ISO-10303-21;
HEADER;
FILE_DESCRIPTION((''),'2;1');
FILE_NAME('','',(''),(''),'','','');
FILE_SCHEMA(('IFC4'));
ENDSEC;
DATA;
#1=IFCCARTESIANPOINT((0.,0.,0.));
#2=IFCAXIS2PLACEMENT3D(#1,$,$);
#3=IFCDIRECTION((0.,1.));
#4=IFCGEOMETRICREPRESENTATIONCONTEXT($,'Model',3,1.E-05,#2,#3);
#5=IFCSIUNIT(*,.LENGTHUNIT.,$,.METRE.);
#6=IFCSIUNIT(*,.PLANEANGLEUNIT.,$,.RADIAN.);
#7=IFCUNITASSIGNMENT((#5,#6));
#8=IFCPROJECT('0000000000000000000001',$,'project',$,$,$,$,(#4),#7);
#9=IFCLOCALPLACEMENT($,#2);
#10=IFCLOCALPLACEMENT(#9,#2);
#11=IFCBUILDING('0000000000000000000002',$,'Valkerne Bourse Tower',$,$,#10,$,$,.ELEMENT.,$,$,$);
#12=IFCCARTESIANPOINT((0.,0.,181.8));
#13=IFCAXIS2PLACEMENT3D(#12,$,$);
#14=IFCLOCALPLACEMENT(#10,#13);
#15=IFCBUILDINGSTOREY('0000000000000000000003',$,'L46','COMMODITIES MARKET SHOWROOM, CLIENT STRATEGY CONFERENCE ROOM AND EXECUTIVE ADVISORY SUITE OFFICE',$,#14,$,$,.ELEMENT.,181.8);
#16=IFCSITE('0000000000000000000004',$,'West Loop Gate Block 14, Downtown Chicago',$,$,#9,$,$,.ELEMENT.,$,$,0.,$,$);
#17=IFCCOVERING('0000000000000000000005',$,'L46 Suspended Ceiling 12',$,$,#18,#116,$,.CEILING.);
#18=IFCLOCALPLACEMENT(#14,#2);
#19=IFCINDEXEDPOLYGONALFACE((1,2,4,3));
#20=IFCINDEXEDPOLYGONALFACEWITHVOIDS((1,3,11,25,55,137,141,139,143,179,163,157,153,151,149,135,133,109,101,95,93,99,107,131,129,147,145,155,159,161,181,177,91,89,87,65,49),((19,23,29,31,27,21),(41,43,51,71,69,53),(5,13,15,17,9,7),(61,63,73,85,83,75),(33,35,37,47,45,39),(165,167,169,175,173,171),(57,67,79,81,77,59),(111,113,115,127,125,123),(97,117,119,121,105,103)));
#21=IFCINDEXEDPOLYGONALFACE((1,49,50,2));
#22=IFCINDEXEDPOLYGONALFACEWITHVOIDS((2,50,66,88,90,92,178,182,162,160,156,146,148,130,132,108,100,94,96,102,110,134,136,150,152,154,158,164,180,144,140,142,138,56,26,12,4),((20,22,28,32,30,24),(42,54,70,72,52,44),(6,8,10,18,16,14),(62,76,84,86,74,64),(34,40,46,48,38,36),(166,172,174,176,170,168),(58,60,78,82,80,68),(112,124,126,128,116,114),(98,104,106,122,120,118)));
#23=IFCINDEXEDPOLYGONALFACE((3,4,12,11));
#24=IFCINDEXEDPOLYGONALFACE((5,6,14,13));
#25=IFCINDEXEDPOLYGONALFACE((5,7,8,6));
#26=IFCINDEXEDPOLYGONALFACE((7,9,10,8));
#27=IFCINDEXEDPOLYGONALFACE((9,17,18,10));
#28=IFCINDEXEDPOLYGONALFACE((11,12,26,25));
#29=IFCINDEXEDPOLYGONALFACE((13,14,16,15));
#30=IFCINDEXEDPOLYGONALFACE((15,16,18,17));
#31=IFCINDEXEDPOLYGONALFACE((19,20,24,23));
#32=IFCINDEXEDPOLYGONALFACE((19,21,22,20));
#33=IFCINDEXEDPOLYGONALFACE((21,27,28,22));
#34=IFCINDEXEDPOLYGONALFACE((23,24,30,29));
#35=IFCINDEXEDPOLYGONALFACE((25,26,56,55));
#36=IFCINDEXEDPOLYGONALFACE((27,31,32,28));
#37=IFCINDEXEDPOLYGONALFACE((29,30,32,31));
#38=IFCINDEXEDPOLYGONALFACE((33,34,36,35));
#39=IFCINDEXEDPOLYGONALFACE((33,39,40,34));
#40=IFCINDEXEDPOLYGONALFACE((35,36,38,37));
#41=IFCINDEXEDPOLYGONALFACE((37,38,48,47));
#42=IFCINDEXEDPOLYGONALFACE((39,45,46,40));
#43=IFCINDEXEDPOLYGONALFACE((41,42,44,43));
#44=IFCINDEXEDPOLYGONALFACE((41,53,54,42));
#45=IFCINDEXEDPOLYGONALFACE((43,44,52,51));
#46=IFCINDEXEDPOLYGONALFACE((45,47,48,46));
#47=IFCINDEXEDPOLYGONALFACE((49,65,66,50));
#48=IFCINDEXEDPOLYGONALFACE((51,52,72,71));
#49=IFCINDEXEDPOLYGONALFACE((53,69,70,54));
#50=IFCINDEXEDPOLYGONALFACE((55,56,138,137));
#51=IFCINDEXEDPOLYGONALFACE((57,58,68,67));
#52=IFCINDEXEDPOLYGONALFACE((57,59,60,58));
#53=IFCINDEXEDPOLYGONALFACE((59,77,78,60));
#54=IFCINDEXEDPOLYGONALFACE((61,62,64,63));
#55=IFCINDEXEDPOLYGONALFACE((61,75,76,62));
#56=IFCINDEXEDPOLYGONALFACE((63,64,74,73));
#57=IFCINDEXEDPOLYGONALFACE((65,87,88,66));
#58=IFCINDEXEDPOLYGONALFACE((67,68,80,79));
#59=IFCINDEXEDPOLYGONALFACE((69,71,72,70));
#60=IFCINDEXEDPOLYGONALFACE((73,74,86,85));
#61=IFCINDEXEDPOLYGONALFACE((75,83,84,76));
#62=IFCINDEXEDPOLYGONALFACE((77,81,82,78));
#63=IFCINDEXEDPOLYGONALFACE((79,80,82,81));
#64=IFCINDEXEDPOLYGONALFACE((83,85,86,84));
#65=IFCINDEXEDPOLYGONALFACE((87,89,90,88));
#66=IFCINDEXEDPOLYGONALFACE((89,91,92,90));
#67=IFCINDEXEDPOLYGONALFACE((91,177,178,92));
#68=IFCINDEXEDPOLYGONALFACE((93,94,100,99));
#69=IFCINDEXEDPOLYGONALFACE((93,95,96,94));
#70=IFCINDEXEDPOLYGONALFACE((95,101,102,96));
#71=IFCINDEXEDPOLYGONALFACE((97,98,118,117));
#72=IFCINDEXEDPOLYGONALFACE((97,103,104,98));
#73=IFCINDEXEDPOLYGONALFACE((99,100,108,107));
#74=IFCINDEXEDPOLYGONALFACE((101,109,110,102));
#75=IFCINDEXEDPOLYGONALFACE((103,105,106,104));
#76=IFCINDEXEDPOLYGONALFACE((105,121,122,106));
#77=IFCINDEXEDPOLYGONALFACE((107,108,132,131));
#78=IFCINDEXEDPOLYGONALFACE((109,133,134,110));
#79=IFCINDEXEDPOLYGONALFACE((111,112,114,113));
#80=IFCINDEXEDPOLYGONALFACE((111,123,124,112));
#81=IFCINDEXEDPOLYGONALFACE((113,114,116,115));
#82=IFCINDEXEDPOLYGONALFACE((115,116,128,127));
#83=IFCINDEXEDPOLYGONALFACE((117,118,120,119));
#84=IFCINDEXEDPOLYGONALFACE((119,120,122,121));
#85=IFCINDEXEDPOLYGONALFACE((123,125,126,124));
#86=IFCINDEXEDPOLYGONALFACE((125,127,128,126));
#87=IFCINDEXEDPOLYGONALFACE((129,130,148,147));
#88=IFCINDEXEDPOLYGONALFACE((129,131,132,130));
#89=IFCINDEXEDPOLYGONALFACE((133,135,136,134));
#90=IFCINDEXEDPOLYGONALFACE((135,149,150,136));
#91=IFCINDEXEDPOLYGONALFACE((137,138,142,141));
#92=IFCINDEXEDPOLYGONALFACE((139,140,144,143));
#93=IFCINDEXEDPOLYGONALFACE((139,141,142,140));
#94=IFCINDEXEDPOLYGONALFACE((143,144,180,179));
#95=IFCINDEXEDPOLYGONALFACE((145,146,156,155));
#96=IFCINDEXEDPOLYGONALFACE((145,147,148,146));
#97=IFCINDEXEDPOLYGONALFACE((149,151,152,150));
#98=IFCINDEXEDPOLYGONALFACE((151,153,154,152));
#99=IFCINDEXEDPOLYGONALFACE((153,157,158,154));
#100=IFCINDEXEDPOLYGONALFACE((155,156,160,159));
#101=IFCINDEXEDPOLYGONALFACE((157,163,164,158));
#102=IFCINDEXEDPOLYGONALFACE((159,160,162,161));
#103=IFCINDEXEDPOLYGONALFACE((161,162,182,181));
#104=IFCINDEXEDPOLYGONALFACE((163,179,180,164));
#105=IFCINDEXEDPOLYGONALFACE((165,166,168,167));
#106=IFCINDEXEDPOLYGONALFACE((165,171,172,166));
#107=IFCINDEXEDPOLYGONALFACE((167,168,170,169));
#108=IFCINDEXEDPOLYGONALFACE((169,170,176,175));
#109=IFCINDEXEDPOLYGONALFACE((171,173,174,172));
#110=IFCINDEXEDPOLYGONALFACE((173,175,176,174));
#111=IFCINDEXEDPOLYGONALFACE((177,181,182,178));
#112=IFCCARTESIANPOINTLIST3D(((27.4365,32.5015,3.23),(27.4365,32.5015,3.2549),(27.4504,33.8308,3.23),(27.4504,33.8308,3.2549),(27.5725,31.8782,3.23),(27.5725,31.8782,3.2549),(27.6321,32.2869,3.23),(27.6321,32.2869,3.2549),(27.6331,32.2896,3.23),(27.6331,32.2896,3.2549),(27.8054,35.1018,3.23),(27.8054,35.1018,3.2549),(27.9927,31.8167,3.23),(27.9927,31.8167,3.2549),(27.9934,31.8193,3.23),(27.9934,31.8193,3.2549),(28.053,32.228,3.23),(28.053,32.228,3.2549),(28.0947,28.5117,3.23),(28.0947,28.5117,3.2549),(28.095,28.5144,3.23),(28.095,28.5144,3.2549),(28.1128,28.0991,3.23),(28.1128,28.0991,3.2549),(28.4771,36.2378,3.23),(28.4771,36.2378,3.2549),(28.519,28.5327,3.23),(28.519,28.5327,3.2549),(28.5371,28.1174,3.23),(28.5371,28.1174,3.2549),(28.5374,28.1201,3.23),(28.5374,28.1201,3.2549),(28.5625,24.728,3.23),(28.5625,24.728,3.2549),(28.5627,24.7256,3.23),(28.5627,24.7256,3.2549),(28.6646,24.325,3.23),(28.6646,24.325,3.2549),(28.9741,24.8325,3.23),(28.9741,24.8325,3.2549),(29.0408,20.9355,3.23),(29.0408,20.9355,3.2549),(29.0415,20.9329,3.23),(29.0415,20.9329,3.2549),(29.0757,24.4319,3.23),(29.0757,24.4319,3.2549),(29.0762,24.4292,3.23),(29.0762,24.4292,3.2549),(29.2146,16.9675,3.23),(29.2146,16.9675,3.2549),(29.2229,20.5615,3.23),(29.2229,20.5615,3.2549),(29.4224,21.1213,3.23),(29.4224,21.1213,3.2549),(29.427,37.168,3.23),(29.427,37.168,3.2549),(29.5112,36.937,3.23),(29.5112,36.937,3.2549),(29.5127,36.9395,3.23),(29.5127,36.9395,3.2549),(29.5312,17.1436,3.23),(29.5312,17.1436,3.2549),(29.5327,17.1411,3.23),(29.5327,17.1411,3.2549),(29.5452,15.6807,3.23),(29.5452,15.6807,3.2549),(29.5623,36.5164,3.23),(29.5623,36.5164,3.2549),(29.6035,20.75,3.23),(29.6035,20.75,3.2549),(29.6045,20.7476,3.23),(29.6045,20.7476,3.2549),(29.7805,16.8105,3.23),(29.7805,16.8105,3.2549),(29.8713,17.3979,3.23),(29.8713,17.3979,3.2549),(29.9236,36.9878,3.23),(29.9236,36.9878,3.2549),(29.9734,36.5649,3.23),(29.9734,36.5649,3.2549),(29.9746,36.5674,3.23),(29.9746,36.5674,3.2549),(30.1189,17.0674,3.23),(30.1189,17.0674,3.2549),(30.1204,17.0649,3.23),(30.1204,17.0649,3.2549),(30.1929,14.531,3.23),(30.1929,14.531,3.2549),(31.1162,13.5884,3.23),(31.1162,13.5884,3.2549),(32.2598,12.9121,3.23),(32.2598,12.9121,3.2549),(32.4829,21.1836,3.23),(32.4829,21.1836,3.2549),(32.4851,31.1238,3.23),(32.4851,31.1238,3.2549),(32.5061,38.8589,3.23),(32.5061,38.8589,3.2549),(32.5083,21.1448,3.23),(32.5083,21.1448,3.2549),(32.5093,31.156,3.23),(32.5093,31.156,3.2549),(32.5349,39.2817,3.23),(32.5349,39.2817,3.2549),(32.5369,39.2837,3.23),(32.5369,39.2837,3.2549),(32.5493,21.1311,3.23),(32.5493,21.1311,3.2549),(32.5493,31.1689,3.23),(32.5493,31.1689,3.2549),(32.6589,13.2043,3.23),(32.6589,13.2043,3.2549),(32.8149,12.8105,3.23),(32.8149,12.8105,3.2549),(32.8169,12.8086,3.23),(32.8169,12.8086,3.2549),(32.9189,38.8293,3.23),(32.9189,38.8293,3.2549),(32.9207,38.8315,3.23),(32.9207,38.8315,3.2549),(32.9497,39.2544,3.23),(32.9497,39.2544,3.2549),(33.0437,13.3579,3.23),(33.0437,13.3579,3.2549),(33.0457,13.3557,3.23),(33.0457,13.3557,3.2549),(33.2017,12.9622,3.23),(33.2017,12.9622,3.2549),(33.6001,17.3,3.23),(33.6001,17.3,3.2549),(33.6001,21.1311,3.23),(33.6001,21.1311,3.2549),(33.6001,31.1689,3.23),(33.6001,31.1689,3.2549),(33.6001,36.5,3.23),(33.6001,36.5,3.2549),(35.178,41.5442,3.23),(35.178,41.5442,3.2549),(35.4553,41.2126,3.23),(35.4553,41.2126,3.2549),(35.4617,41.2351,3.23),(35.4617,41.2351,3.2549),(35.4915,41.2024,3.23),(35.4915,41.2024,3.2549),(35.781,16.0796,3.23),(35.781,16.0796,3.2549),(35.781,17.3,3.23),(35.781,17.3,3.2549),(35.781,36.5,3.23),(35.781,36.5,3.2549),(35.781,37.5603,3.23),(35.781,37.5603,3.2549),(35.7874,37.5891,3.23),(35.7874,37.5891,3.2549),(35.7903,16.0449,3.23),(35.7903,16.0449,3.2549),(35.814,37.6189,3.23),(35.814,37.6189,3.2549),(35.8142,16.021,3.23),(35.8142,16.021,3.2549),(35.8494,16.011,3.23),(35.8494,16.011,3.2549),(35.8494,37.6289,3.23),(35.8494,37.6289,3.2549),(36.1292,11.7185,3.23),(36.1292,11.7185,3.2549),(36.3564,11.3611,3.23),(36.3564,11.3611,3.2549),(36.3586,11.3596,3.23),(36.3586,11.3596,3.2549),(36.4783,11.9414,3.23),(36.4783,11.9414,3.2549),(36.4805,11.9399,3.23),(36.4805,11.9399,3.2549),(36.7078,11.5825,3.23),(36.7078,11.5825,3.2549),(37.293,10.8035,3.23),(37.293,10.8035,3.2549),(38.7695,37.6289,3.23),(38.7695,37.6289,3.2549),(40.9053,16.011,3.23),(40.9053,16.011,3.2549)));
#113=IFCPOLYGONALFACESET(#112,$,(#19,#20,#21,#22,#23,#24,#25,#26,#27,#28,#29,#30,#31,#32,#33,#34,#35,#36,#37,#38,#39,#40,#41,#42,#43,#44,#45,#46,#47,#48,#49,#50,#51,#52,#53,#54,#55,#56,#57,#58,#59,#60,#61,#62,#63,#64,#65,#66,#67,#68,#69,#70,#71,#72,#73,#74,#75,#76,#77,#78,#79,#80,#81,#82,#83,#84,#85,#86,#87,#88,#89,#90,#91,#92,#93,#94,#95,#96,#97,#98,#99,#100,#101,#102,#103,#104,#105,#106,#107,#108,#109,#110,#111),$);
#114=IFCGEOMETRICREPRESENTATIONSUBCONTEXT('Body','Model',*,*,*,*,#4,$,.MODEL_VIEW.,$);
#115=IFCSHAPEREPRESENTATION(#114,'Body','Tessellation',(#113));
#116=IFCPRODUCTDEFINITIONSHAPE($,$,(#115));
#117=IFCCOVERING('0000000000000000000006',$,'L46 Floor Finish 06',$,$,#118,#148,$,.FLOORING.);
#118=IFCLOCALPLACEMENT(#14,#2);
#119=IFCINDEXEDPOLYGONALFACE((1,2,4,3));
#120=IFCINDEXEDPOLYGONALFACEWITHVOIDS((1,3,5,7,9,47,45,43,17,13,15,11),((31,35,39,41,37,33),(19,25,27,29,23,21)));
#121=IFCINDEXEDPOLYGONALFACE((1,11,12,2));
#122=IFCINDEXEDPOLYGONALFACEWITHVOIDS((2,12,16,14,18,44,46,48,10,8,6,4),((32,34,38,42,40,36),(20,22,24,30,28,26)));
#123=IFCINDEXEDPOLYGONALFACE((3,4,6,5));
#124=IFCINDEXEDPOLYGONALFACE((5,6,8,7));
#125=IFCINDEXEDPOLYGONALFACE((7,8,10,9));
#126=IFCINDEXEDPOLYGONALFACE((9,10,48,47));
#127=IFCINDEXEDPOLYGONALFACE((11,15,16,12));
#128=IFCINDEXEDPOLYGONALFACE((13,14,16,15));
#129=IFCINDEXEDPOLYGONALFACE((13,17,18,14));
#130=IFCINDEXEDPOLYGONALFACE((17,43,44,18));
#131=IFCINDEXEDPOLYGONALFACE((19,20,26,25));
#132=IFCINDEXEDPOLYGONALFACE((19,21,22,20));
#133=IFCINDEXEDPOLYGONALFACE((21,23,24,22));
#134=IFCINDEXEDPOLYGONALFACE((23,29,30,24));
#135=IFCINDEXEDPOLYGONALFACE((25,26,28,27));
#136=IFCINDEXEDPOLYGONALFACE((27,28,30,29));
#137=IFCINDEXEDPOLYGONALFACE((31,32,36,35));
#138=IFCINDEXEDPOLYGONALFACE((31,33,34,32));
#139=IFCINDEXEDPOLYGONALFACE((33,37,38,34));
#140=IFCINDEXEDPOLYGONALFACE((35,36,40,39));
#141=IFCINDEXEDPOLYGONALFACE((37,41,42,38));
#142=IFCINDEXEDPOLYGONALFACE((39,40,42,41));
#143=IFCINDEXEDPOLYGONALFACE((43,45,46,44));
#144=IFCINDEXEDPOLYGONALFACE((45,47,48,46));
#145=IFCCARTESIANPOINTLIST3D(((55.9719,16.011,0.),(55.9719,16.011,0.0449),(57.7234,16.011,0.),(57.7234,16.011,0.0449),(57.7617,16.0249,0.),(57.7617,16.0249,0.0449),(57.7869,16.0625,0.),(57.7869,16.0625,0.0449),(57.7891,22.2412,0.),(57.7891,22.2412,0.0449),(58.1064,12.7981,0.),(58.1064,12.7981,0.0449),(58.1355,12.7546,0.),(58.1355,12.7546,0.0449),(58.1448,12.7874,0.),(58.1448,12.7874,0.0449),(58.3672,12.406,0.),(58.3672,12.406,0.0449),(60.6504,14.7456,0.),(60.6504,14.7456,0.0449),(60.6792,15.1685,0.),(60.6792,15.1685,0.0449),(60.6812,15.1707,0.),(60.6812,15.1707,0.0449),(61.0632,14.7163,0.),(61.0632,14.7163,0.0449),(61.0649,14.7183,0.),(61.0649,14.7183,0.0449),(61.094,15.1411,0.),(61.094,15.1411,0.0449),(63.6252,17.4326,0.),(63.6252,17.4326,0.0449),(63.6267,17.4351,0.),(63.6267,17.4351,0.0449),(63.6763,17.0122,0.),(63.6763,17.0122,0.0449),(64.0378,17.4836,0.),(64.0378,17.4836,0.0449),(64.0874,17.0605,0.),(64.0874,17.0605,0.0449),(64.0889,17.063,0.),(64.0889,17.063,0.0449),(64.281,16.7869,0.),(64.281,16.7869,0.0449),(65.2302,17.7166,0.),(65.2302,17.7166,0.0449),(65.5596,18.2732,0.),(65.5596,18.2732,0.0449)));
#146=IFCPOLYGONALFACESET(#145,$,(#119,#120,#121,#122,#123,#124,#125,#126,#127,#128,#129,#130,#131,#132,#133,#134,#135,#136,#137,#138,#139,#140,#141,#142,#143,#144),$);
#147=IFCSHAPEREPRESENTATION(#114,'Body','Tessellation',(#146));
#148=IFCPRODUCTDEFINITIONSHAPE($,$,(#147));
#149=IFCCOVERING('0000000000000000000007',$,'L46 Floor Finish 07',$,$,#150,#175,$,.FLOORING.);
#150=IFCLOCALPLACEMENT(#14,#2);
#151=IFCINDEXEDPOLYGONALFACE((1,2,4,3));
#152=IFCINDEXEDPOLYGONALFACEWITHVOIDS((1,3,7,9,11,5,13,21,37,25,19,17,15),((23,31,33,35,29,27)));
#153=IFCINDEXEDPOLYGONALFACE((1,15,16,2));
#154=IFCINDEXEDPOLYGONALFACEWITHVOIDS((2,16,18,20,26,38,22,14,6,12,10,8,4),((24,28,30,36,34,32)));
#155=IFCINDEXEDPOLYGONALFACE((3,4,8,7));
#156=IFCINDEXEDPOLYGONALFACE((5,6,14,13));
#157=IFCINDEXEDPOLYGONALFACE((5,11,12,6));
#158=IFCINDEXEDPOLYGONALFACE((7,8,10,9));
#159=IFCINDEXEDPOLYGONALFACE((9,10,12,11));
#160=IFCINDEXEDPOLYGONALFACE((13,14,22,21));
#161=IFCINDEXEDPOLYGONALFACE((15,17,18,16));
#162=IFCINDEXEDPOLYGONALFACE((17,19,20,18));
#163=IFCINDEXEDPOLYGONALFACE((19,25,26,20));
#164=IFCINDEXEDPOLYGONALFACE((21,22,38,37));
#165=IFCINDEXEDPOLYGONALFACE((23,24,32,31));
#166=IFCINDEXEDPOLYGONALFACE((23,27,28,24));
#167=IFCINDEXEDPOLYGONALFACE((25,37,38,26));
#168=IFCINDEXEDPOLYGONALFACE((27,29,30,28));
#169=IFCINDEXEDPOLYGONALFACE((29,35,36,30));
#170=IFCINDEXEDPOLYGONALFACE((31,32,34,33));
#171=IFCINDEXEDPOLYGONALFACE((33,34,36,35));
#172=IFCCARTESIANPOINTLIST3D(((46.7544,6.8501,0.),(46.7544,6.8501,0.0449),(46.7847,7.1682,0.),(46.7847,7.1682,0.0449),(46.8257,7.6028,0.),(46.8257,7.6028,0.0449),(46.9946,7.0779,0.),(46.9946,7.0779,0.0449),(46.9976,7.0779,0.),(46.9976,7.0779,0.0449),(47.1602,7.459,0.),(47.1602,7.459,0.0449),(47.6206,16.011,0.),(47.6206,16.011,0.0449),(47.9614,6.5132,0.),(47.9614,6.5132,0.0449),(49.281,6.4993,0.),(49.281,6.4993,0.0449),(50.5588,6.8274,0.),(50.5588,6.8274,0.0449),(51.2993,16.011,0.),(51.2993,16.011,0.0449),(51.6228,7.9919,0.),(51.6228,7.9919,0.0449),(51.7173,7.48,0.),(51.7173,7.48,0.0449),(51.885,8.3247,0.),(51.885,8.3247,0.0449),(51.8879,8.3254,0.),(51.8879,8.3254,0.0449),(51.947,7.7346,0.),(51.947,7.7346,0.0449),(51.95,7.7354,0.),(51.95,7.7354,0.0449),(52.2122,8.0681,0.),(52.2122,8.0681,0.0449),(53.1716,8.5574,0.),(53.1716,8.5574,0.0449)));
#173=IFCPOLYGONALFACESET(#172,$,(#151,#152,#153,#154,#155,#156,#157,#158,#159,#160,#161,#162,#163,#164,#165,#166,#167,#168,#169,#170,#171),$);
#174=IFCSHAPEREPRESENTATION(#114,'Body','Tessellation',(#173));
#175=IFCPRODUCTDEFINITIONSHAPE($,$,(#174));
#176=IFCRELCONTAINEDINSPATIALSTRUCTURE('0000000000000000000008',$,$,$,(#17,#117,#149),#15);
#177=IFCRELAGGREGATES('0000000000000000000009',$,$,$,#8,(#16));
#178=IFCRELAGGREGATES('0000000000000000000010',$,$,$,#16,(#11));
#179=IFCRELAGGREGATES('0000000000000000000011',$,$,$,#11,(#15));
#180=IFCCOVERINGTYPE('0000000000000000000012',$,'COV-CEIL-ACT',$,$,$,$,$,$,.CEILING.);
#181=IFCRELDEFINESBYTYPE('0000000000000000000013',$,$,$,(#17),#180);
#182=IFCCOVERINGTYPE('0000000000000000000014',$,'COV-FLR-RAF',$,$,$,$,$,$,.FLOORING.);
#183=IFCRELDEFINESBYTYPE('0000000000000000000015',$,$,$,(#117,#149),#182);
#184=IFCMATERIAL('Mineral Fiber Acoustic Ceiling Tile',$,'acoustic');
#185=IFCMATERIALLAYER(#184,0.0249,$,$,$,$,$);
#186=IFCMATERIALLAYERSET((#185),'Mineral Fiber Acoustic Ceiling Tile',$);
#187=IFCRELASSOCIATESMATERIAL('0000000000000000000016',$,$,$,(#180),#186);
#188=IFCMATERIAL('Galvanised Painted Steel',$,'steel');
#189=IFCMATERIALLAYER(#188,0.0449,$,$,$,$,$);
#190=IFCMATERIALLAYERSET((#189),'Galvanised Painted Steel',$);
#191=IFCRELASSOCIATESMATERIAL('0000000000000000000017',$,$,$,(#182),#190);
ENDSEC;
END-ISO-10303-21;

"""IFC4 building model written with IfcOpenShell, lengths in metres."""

from ifc_helpers import new_model, si_unit, direction, frame, origin, place, context, subcontext, project, spatial, polyline, outline, extrude, material, layer, layer_set, type_object, element, save


model = new_model("IFC4")

# Units and contexts
model_context = context("Model", 3, precision=1e-05, world=origin(), true_north=direction((0.0, 1.0)))
body_context = subcontext(model_context, "Body", "Model", "MODEL_VIEW")
ifc_project = project(units=[si_unit("LENGTHUNIT", "METRE"), si_unit("PLANEANGLEUNIT", "RADIAN")], contexts=[model_context])

# Site, building, storey
site_placement = place(None, origin())
site = spatial("IfcSite", under=ifc_project, at=site_placement, Name="West Loop Gate Block 14, Downtown Chicago", CompositionType="ELEMENT", RefElevation=0.0)
building_placement = place(site_placement, origin())
building = spatial("IfcBuilding", under=site, at=building_placement, Name="Valkerne Bourse Tower", CompositionType="ELEMENT")
storey_placement = place(building_placement, frame((0.0, 0.0, 181.8)))
storey = spatial("IfcBuildingStorey", under=building, at=storey_placement, Name="L46", Description="COMMODITIES MARKET SHOWROOM, CLIENT STRATEGY CONFERENCE ROOM AND EXECUTIVE ADVISORY SUITE OFFICE", CompositionType="ELEMENT", Elevation=181.8)

# Coverings
ifc_material_1 = material(Name="Mineral Fiber Acoustic Ceiling Tile", Category="acoustic")
ifc_layer_1 = layer(ifc_material_1, 0.0249)
ifc_layer_set_1 = layer_set([ifc_layer_1], Name="Mineral Fiber Acoustic Ceiling Tile")
covering_type_1 = type_object("IfcCoveringType", Name="COV-CEIL-ACT", PredefinedType="CEILING", material=ifc_layer_set_1)
covering_1_placement = place(storey_placement, frame((0.0, 0.0, 3.23)))
element("IfcCovering", 1, at=covering_1_placement, inside=storey, type_object=covering_type_1, Name="L46 Suspended Ceiling 12", PredefinedType="CEILING", context=body_context, shape_type="SweptSolid", body=[
    extrude(outline(polyline([(30.1929, 14.531), (29.5452, 15.6807), (29.2146, 16.9675), (27.4365, 32.5015), (27.4504, 33.8308), (27.8054, 35.1018), (28.4771, 36.2378), (29.427, 37.168), (35.178, 41.5442), (35.4617, 41.2351), (35.4553, 41.2126), (35.4915, 41.2024), (38.7695, 37.6289), (35.8494, 37.6289), (35.814, 37.6189), (35.7874, 37.5891), (35.781, 37.5603), (35.781, 36.5), (33.6001, 36.5), (33.6001, 31.1689), (32.5493, 31.1689), (32.5093, 31.156), (32.4851, 31.1238), (32.4829, 21.1836), (32.5083, 21.1448), (32.5493, 21.1311), (33.6001, 21.1311), (33.6001, 17.3), (35.781, 17.3), (35.781, 16.0796), (35.7903, 16.0449), (35.8142, 16.021), (35.8494, 16.011), (40.9053, 16.011), (37.293, 10.8035), (32.2598, 12.9121), (31.1162, 13.5884), (30.1929, 14.531)]), holes=[polyline([(36.4805, 11.9399), (36.4783, 11.9414), (36.1292, 11.7185), (36.3564, 11.3611), (36.3586, 11.3596), (36.7078, 11.5825), (36.4805, 11.9399)]), polyline([(33.0457, 13.3557), (33.0437, 13.3579), (32.6589, 13.2043), (32.8149, 12.8105), (32.8169, 12.8086), (33.2017, 12.9622), (33.0457, 13.3557)]), polyline([(30.1204, 17.0649), (30.1189, 17.0674), (29.8713, 17.3979), (29.5312, 17.1436), (29.5327, 17.1411), (29.7805, 16.8105), (30.1204, 17.0649)]), polyline([(29.6045, 20.7476), (29.6035, 20.75), (29.4224, 21.1213), (29.0408, 20.9355), (29.0415, 20.9329), (29.2229, 20.5615), (29.6045, 20.7476)]), polyline([(29.0757, 24.4319), (28.9741, 24.8325), (28.5625, 24.728), (28.5627, 24.7256), (28.6646, 24.325), (29.0762, 24.4292), (29.0757, 24.4319)]), polyline([(28.5374, 28.1201), (28.519, 28.5327), (28.095, 28.5144), (28.0947, 28.5117), (28.1128, 28.0991), (28.5371, 28.1174), (28.5374, 28.1201)]), polyline([(27.9934, 31.8193), (28.053, 32.228), (27.6331, 32.2896), (27.6321, 32.2869), (27.5725, 31.8782), (27.9927, 31.8167), (27.9934, 31.8193)]), polyline([(29.9746, 36.5674), (29.9236, 36.9878), (29.5127, 36.9395), (29.5112, 36.937), (29.5623, 36.5164), (29.9734, 36.5649), (29.9746, 36.5674)]), polyline([(32.9497, 39.2544), (32.5369, 39.2837), (32.5349, 39.2817), (32.5061, 38.8589), (32.9189, 38.8293), (32.9207, 38.8315), (32.9497, 39.2544)])]), origin(), (0.0, 0.0, 1.0), 0.0249),
])
ifc_material_2 = material(Name="Galvanised Painted Steel", Category="steel")
ifc_layer_2 = layer(ifc_material_2, 0.0449)
ifc_layer_set_2 = layer_set([ifc_layer_2], Name="Galvanised Painted Steel")
covering_type_2 = type_object("IfcCoveringType", Name="COV-FLR-RAF", PredefinedType="FLOORING", material=ifc_layer_set_2)
covering_2_placement = place(storey_placement, origin())
element("IfcCovering", 2, at=covering_2_placement, inside=storey, type_object=covering_type_2, Name="L46 Floor Finish 06", PredefinedType="FLOORING", context=body_context, shape_type="SweptSolid", body=[
    extrude(outline(polyline([(58.3672, 12.406), (58.1355, 12.7546), (58.1448, 12.7874), (58.1064, 12.7981), (55.9719, 16.011), (57.7234, 16.011), (57.7617, 16.0249), (57.7869, 16.0625), (57.7891, 22.2412), (65.5596, 18.2732), (65.2302, 17.7166), (64.281, 16.7869), (58.3672, 12.406)]), holes=[polyline([(61.0649, 14.7183), (61.094, 15.1411), (60.6812, 15.1707), (60.6792, 15.1685), (60.6504, 14.7456), (61.0632, 14.7163), (61.0649, 14.7183)]), polyline([(64.0889, 17.063), (64.0378, 17.4836), (63.6267, 17.4351), (63.6252, 17.4326), (63.6763, 17.0122), (64.0874, 17.0605), (64.0889, 17.063)])]), origin(), (0.0, 0.0, 1.0), 0.0449),
])
covering_3_placement = place(storey_placement, origin())
element("IfcCovering", 3, at=covering_3_placement, inside=storey, type_object=covering_type_2, Name="L46 Floor Finish 07", PredefinedType="FLOORING", context=body_context, shape_type="SweptSolid", body=[
    extrude(outline(polyline([(49.281, 6.4993), (47.9614, 6.5132), (46.7544, 6.8501), (46.7847, 7.1682), (46.9946, 7.0779), (46.9976, 7.0779), (47.1602, 7.459), (46.8257, 7.6028), (47.6206, 16.011), (51.2993, 16.011), (53.1716, 8.5574), (51.7173, 7.48), (50.5588, 6.8274), (49.281, 6.4993)]), holes=[polyline([(52.2122, 8.0681), (51.8879, 8.3254), (51.885, 8.3247), (51.6228, 7.9919), (51.947, 7.7346), (51.95, 7.7354), (52.2122, 8.0681)])]), origin(), (0.0, 0.0, 1.0), 0.0449),
])

save(model, "model.ifc")
